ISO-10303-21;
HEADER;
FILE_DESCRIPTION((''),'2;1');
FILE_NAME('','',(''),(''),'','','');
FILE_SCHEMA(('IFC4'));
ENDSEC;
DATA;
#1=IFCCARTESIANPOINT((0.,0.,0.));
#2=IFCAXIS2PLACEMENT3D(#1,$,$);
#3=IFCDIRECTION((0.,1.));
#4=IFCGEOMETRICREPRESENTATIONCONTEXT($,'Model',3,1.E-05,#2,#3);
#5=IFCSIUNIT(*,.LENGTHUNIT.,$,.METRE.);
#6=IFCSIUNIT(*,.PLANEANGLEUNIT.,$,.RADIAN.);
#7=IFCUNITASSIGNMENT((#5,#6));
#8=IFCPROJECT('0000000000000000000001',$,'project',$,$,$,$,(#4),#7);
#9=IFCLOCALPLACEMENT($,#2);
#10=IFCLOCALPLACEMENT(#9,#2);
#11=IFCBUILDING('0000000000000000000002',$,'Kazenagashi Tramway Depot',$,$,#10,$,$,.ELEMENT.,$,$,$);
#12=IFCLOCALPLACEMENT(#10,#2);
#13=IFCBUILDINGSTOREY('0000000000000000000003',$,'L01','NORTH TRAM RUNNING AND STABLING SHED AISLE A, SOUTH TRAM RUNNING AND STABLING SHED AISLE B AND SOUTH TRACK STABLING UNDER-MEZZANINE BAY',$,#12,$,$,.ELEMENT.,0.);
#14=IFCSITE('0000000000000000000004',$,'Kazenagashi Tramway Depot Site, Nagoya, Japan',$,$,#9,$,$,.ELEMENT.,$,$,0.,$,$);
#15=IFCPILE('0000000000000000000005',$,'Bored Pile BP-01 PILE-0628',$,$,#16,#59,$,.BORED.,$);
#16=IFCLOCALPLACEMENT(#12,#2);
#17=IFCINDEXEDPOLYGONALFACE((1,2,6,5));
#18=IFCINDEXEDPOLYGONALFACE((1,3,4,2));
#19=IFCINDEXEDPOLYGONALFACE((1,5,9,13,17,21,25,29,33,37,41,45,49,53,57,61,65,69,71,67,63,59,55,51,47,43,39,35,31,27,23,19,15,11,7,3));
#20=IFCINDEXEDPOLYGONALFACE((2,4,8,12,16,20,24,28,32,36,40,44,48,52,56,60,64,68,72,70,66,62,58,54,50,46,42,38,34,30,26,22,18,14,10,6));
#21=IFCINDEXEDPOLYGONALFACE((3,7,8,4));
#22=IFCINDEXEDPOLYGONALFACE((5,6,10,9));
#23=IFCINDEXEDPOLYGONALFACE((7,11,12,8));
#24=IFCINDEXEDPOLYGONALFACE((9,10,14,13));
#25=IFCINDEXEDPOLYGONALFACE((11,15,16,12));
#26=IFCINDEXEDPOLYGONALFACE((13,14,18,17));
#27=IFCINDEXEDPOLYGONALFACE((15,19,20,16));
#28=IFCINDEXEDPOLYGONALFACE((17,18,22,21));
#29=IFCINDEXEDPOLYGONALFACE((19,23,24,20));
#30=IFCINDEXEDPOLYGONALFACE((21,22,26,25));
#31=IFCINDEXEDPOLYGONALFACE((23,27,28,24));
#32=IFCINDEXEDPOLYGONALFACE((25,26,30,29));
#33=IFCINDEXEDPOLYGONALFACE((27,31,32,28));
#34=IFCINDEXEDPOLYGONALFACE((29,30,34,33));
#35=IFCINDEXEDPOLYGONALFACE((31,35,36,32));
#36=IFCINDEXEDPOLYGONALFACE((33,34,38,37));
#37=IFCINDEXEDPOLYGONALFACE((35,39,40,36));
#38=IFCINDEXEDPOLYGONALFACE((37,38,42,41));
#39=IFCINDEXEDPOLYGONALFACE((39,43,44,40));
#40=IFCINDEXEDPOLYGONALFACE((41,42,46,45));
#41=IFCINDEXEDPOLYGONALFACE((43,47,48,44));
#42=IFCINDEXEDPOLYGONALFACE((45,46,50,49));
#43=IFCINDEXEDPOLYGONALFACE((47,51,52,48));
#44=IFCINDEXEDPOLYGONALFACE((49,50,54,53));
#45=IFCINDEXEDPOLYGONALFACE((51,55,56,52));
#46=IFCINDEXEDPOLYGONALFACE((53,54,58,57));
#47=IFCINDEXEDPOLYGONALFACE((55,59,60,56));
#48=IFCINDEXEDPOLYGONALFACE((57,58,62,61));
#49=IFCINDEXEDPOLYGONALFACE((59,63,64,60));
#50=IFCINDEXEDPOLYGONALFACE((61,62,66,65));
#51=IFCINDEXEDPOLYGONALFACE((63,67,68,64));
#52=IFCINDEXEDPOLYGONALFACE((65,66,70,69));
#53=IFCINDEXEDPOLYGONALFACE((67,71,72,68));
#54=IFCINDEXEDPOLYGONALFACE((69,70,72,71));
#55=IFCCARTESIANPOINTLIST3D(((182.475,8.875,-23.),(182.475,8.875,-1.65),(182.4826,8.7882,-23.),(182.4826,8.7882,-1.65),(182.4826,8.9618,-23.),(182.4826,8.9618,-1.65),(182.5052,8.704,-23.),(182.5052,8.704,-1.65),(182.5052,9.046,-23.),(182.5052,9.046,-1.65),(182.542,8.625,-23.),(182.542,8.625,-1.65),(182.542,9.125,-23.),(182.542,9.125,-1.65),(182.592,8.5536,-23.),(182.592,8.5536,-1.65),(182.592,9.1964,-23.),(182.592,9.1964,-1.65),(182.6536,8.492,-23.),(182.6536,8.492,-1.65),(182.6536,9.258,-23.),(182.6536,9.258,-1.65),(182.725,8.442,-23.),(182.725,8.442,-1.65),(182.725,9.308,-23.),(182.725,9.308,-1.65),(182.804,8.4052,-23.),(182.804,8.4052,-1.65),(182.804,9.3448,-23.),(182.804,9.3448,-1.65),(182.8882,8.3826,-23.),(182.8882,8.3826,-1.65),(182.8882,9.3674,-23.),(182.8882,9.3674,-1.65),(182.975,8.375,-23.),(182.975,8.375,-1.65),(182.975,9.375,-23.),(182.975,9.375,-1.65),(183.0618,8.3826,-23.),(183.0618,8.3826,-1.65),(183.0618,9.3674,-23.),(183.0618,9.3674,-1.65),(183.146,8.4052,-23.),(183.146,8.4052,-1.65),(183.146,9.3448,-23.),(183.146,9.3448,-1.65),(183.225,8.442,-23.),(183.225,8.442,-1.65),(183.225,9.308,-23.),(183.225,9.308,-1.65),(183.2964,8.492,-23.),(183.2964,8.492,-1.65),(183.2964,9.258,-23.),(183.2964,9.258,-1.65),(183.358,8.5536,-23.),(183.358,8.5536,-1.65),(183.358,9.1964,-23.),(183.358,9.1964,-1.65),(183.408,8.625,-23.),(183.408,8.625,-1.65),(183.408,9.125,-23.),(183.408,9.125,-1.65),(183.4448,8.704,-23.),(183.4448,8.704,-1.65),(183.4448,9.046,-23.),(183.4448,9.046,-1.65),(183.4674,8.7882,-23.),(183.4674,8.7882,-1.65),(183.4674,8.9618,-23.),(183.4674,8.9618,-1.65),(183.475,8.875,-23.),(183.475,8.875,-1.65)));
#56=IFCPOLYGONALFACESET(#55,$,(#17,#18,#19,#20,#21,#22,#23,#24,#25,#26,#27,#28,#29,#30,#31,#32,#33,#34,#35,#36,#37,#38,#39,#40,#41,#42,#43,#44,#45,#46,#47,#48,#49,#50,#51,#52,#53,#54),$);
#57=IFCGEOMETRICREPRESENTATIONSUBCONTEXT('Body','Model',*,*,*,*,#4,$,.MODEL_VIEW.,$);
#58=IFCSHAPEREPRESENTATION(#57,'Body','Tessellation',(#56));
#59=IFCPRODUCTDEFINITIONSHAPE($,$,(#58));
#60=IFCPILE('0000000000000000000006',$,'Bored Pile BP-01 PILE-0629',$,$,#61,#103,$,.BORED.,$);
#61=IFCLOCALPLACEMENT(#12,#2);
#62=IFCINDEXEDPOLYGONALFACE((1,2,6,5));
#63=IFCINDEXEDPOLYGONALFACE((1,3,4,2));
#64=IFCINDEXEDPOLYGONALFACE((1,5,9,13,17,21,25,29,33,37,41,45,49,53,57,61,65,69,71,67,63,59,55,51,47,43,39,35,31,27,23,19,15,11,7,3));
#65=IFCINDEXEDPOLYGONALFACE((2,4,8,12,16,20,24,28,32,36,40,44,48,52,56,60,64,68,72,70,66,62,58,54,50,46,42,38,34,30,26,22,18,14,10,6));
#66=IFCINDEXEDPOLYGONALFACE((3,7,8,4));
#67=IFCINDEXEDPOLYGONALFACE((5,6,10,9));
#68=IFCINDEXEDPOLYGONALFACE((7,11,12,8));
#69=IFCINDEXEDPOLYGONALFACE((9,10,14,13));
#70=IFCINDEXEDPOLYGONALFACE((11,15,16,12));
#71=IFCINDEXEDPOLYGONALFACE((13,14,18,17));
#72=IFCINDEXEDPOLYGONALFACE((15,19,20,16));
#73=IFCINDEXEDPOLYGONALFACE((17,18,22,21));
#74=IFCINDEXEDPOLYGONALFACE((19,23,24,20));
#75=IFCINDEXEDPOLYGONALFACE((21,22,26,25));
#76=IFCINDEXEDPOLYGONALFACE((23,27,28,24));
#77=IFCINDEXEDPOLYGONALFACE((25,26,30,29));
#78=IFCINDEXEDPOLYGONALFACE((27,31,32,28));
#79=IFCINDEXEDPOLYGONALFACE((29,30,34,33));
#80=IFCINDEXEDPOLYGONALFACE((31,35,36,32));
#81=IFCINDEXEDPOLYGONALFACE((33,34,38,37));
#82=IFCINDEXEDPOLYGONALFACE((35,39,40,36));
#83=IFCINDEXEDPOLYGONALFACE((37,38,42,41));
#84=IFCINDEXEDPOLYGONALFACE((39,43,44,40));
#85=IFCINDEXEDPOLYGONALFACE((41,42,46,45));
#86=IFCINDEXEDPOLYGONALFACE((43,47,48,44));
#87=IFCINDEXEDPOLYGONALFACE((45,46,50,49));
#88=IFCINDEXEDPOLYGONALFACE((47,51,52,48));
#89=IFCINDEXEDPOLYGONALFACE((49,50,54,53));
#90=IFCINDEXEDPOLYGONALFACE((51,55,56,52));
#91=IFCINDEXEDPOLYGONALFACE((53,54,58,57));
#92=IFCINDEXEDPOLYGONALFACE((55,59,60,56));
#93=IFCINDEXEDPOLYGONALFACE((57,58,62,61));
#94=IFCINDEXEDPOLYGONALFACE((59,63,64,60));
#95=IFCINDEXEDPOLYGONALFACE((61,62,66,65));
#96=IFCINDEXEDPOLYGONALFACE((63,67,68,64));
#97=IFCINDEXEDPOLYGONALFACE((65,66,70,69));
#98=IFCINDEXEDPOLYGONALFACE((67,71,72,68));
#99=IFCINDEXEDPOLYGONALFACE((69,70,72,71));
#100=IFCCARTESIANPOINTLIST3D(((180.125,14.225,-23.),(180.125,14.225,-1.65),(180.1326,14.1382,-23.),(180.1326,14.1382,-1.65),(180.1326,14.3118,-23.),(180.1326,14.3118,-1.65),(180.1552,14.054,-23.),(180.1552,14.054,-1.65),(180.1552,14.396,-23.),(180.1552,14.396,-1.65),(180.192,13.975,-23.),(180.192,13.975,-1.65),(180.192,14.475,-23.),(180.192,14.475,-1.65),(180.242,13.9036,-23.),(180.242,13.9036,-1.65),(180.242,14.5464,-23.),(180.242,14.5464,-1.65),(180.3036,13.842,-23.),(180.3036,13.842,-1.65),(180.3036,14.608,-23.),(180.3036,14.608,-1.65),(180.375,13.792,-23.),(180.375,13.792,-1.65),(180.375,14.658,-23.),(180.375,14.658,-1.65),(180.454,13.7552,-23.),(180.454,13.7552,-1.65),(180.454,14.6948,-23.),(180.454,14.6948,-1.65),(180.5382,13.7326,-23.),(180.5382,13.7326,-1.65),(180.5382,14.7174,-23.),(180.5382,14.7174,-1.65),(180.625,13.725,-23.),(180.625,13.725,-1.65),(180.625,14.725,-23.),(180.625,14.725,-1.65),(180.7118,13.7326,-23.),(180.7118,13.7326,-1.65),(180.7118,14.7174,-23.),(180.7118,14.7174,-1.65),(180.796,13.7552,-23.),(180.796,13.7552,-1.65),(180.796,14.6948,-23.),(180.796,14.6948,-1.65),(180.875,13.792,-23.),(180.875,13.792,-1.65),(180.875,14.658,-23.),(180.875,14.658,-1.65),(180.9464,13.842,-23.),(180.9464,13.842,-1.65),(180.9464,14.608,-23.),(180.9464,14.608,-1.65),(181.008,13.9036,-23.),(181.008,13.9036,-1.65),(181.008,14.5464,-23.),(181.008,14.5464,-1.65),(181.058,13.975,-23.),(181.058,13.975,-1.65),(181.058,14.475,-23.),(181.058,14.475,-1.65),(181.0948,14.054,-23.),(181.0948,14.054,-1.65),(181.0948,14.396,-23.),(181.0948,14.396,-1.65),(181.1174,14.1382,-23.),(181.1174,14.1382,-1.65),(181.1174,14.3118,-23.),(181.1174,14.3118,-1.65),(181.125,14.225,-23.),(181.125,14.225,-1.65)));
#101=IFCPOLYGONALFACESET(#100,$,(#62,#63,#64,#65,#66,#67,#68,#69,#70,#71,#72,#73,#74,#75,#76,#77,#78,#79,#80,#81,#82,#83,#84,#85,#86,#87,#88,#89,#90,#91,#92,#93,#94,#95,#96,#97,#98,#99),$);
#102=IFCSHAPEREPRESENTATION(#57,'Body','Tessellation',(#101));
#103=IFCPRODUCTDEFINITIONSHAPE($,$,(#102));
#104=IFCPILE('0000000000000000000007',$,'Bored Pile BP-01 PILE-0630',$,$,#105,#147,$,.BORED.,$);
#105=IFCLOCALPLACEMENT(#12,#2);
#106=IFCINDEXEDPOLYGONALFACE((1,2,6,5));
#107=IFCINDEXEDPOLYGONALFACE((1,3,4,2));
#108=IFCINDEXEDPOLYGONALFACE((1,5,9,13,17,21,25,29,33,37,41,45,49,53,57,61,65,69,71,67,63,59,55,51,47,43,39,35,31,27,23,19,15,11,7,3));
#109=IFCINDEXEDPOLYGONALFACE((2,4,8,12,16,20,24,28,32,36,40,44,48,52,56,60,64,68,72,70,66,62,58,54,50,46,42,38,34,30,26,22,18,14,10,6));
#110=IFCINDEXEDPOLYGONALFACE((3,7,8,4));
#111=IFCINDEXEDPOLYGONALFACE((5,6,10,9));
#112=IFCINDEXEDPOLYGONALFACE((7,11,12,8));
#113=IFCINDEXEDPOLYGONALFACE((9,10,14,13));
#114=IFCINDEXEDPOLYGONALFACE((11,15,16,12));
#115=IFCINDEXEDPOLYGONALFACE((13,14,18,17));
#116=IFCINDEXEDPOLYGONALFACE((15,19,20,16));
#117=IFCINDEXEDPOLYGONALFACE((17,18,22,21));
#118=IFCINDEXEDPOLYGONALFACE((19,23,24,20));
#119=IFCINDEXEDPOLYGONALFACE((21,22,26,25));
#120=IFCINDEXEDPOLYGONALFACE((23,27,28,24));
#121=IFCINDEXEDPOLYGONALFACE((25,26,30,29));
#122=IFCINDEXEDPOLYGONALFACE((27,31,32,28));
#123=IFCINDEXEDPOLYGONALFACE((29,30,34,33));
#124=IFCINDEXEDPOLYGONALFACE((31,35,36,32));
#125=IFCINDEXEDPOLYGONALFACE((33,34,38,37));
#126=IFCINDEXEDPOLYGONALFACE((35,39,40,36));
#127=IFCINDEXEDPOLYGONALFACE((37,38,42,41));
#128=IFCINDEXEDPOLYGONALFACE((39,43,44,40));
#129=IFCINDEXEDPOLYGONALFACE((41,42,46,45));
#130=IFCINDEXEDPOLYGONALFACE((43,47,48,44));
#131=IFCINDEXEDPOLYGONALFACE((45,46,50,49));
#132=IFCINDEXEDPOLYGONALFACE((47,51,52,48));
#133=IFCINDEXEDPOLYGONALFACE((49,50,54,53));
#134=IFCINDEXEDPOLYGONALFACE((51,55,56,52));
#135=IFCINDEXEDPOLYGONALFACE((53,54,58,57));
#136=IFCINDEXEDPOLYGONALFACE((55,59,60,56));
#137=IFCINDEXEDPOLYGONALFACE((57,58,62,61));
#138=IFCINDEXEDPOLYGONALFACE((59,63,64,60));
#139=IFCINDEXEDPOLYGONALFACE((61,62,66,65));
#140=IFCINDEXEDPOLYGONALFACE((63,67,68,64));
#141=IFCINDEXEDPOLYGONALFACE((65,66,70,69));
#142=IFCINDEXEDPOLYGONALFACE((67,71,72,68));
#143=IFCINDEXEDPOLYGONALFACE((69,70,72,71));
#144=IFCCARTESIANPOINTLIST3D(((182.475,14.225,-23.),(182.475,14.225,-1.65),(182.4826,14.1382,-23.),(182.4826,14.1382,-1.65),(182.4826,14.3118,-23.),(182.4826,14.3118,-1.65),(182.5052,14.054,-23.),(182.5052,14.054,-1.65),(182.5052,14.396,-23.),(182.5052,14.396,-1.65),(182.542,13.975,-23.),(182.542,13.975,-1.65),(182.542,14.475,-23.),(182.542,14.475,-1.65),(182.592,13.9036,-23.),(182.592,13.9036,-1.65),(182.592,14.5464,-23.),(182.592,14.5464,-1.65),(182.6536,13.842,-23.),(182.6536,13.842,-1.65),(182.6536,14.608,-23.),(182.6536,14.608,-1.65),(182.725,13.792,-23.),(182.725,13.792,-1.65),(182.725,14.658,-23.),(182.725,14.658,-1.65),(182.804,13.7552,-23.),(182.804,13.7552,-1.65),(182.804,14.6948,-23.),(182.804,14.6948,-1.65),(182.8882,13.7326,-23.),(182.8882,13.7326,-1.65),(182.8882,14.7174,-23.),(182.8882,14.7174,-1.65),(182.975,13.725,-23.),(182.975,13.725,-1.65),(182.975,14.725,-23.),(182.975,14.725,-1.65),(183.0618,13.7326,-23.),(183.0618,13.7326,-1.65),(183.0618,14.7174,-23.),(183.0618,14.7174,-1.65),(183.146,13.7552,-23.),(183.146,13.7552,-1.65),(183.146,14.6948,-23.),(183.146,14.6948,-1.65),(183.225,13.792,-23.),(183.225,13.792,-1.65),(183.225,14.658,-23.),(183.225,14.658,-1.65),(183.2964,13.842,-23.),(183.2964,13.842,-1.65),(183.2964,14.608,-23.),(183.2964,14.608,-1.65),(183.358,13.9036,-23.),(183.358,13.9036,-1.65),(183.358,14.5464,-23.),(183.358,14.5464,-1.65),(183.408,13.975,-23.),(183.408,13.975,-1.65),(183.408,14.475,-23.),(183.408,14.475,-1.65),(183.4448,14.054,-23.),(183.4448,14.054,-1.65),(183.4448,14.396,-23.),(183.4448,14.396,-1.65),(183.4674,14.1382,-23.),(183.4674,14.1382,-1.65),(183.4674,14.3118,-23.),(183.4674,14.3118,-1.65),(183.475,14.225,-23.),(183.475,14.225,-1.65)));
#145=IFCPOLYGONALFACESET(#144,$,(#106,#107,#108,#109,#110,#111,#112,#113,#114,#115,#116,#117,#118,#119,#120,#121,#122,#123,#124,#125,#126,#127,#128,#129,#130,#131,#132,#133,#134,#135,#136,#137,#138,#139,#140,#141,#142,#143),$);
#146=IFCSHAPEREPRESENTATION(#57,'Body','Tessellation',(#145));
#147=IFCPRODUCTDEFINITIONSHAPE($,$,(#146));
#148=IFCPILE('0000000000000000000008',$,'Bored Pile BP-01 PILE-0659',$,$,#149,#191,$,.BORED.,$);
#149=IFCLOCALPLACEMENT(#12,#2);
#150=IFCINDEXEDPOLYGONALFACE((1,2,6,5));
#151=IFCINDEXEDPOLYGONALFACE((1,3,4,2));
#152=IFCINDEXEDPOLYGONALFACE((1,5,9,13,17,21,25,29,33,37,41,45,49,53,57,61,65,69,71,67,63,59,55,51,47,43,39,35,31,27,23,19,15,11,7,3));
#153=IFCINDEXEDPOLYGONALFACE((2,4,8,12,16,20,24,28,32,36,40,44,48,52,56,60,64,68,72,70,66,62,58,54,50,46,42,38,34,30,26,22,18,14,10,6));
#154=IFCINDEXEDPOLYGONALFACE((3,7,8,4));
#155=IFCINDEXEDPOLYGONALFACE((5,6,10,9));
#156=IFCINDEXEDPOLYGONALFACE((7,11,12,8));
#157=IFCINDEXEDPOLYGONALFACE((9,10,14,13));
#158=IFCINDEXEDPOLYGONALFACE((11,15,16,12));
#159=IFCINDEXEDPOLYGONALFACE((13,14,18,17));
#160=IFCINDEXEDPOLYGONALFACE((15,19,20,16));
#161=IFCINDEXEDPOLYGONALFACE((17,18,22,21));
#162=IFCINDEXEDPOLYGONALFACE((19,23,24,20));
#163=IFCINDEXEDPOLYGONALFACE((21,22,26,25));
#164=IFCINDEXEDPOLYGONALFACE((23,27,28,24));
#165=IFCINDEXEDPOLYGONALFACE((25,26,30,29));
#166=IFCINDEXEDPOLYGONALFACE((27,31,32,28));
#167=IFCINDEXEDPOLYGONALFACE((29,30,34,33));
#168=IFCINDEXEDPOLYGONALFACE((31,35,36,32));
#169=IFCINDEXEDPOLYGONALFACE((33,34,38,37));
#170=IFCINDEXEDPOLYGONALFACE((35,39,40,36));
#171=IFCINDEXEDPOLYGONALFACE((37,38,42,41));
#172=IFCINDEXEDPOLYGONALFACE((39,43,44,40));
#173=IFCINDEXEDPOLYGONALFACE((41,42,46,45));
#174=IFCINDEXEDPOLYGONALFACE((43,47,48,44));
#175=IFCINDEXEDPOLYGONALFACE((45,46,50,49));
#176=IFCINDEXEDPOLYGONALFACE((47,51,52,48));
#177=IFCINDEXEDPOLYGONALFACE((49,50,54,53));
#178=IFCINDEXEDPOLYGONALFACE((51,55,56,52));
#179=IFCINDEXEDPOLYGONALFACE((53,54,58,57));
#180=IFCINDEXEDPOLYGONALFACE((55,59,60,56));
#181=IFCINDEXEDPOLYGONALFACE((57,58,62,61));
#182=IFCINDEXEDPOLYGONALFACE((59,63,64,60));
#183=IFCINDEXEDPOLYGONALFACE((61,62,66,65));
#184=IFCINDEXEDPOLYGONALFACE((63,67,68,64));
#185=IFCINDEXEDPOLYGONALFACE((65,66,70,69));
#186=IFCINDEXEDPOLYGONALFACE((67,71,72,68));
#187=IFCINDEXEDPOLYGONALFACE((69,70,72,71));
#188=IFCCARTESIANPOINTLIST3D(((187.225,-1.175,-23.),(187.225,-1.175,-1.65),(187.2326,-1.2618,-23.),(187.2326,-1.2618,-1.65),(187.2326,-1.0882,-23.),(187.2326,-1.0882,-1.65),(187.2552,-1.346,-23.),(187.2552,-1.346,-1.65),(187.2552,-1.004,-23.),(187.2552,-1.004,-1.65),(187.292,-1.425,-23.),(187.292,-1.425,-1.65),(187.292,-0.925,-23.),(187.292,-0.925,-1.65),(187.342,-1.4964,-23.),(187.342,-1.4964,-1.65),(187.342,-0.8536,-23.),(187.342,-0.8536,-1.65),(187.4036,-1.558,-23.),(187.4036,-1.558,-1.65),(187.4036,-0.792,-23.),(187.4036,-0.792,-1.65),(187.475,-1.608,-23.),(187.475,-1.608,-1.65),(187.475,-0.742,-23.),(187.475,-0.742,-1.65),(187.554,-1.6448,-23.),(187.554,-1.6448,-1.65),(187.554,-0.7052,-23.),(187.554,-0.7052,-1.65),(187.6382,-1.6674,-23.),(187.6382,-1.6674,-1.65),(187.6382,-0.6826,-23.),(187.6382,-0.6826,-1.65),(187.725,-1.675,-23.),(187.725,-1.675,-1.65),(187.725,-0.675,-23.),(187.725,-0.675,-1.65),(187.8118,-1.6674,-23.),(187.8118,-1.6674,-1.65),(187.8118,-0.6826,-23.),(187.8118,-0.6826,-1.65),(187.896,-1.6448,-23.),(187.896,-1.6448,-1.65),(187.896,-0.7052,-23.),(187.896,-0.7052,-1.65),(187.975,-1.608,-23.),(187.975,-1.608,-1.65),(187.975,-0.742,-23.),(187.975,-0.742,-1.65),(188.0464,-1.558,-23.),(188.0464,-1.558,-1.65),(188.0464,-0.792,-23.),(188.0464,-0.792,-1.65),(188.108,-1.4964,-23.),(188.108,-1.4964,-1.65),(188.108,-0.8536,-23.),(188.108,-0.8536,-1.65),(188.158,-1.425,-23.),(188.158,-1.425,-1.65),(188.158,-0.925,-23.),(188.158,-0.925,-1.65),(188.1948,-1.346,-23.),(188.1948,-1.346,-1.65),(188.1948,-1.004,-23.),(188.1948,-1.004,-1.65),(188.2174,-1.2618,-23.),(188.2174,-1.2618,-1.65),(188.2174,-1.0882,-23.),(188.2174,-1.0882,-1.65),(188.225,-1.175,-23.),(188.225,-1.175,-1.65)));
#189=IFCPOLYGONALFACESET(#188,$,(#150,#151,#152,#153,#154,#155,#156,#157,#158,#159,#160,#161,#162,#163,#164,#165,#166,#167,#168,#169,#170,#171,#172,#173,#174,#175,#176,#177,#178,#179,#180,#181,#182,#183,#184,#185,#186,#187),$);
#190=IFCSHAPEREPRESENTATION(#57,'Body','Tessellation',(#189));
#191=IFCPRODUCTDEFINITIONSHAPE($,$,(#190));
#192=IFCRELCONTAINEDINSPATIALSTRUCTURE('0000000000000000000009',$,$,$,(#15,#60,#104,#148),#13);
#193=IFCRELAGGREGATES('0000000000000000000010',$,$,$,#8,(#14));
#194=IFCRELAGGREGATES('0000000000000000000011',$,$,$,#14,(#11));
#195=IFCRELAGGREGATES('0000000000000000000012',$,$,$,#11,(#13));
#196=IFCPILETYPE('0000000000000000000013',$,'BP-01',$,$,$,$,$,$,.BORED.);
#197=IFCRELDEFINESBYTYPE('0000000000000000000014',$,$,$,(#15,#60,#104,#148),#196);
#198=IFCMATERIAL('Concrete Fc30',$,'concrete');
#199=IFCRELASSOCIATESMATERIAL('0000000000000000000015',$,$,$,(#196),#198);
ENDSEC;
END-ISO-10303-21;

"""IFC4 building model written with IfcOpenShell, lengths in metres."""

from ifc_helpers import new_model, si_unit, direction, frame, origin, origin_2d, place, context, subcontext, project, spatial, circle, extrude, material, material_profile, profile_set, type_object, element, save


model = new_model("IFC4")

# Units and contexts
model_context = context("Model", 3, precision=1e-05, world=origin(), true_north=direction((0.0, 1.0)))
body_context = subcontext(model_context, "Body", "Model", "MODEL_VIEW")
ifc_project = project(units=[si_unit("LENGTHUNIT", "METRE"), si_unit("PLANEANGLEUNIT", "RADIAN")], contexts=[model_context])

# Site, building, storey
site_placement = place(None, origin())
site = spatial("IfcSite", under=ifc_project, at=site_placement, Name="Kazenagashi Tramway Depot Site, Nagoya, Japan", CompositionType="ELEMENT", RefElevation=0.0)
building_placement = place(site_placement, origin())
building = spatial("IfcBuilding", under=site, at=building_placement, Name="Kazenagashi Tramway Depot", CompositionType="ELEMENT")
storey_placement = place(building_placement, origin())
storey = spatial("IfcBuildingStorey", under=building, at=storey_placement, Name="L01", Description="NORTH TRAM RUNNING AND STABLING SHED AISLE A, SOUTH TRAM RUNNING AND STABLING SHED AISLE B AND SOUTH TRACK STABLING UNDER-MEZZANINE BAY", CompositionType="ELEMENT", Elevation=0.0)

# Piles
ifc_material_1 = material(Name="Concrete Fc30", Category="concrete")
ifc_material_profile_1 = material_profile(ifc_material_1, circle(Radius=0.5, at=origin_2d()), Name="PILE-1000")
ifc_profile_set_1 = profile_set([ifc_material_profile_1], Name="Concrete Fc30")
pile_type = type_object("IfcPileType", Name="BP-01", PredefinedType="BORED", material=ifc_profile_set_1)
for number, where, z_axis, x_axis, name in (
    (1, (182.975, 8.875, -1.65), (0.0, 0.0, -1.0), (1.0, 0.0, 0.0), "Bored Pile BP-01 PILE-0628"),
    (2, (180.625, 14.225, -1.65), (0.0, 0.0, -1.0), (1.0, 0.0, 0.0), "Bored Pile BP-01 PILE-0629"),
    (3, (182.975, 14.225, -1.65), (0.0, 0.0, -1.0), (1.0, 0.0, 0.0), "Bored Pile BP-01 PILE-0630"),
    (4, (187.725, -1.175, -1.65), (0.0, 0.0, -1.0), (1.0, 0.0, 0.0), "Bored Pile BP-01 PILE-0659"),
):
    element("IfcPile", number, at=place(storey_placement, frame(where, z_axis=z_axis, x_axis=x_axis)), inside=storey, type_object=pile_type, Name=name, PredefinedType="BORED", context=body_context, shape_type="SweptSolid", body=[
        extrude(circle(Radius=0.5, at=origin_2d()), origin(), (0.0, 0.0, 1.0), 21.35),
    ])

save(model, "model.ifc")
